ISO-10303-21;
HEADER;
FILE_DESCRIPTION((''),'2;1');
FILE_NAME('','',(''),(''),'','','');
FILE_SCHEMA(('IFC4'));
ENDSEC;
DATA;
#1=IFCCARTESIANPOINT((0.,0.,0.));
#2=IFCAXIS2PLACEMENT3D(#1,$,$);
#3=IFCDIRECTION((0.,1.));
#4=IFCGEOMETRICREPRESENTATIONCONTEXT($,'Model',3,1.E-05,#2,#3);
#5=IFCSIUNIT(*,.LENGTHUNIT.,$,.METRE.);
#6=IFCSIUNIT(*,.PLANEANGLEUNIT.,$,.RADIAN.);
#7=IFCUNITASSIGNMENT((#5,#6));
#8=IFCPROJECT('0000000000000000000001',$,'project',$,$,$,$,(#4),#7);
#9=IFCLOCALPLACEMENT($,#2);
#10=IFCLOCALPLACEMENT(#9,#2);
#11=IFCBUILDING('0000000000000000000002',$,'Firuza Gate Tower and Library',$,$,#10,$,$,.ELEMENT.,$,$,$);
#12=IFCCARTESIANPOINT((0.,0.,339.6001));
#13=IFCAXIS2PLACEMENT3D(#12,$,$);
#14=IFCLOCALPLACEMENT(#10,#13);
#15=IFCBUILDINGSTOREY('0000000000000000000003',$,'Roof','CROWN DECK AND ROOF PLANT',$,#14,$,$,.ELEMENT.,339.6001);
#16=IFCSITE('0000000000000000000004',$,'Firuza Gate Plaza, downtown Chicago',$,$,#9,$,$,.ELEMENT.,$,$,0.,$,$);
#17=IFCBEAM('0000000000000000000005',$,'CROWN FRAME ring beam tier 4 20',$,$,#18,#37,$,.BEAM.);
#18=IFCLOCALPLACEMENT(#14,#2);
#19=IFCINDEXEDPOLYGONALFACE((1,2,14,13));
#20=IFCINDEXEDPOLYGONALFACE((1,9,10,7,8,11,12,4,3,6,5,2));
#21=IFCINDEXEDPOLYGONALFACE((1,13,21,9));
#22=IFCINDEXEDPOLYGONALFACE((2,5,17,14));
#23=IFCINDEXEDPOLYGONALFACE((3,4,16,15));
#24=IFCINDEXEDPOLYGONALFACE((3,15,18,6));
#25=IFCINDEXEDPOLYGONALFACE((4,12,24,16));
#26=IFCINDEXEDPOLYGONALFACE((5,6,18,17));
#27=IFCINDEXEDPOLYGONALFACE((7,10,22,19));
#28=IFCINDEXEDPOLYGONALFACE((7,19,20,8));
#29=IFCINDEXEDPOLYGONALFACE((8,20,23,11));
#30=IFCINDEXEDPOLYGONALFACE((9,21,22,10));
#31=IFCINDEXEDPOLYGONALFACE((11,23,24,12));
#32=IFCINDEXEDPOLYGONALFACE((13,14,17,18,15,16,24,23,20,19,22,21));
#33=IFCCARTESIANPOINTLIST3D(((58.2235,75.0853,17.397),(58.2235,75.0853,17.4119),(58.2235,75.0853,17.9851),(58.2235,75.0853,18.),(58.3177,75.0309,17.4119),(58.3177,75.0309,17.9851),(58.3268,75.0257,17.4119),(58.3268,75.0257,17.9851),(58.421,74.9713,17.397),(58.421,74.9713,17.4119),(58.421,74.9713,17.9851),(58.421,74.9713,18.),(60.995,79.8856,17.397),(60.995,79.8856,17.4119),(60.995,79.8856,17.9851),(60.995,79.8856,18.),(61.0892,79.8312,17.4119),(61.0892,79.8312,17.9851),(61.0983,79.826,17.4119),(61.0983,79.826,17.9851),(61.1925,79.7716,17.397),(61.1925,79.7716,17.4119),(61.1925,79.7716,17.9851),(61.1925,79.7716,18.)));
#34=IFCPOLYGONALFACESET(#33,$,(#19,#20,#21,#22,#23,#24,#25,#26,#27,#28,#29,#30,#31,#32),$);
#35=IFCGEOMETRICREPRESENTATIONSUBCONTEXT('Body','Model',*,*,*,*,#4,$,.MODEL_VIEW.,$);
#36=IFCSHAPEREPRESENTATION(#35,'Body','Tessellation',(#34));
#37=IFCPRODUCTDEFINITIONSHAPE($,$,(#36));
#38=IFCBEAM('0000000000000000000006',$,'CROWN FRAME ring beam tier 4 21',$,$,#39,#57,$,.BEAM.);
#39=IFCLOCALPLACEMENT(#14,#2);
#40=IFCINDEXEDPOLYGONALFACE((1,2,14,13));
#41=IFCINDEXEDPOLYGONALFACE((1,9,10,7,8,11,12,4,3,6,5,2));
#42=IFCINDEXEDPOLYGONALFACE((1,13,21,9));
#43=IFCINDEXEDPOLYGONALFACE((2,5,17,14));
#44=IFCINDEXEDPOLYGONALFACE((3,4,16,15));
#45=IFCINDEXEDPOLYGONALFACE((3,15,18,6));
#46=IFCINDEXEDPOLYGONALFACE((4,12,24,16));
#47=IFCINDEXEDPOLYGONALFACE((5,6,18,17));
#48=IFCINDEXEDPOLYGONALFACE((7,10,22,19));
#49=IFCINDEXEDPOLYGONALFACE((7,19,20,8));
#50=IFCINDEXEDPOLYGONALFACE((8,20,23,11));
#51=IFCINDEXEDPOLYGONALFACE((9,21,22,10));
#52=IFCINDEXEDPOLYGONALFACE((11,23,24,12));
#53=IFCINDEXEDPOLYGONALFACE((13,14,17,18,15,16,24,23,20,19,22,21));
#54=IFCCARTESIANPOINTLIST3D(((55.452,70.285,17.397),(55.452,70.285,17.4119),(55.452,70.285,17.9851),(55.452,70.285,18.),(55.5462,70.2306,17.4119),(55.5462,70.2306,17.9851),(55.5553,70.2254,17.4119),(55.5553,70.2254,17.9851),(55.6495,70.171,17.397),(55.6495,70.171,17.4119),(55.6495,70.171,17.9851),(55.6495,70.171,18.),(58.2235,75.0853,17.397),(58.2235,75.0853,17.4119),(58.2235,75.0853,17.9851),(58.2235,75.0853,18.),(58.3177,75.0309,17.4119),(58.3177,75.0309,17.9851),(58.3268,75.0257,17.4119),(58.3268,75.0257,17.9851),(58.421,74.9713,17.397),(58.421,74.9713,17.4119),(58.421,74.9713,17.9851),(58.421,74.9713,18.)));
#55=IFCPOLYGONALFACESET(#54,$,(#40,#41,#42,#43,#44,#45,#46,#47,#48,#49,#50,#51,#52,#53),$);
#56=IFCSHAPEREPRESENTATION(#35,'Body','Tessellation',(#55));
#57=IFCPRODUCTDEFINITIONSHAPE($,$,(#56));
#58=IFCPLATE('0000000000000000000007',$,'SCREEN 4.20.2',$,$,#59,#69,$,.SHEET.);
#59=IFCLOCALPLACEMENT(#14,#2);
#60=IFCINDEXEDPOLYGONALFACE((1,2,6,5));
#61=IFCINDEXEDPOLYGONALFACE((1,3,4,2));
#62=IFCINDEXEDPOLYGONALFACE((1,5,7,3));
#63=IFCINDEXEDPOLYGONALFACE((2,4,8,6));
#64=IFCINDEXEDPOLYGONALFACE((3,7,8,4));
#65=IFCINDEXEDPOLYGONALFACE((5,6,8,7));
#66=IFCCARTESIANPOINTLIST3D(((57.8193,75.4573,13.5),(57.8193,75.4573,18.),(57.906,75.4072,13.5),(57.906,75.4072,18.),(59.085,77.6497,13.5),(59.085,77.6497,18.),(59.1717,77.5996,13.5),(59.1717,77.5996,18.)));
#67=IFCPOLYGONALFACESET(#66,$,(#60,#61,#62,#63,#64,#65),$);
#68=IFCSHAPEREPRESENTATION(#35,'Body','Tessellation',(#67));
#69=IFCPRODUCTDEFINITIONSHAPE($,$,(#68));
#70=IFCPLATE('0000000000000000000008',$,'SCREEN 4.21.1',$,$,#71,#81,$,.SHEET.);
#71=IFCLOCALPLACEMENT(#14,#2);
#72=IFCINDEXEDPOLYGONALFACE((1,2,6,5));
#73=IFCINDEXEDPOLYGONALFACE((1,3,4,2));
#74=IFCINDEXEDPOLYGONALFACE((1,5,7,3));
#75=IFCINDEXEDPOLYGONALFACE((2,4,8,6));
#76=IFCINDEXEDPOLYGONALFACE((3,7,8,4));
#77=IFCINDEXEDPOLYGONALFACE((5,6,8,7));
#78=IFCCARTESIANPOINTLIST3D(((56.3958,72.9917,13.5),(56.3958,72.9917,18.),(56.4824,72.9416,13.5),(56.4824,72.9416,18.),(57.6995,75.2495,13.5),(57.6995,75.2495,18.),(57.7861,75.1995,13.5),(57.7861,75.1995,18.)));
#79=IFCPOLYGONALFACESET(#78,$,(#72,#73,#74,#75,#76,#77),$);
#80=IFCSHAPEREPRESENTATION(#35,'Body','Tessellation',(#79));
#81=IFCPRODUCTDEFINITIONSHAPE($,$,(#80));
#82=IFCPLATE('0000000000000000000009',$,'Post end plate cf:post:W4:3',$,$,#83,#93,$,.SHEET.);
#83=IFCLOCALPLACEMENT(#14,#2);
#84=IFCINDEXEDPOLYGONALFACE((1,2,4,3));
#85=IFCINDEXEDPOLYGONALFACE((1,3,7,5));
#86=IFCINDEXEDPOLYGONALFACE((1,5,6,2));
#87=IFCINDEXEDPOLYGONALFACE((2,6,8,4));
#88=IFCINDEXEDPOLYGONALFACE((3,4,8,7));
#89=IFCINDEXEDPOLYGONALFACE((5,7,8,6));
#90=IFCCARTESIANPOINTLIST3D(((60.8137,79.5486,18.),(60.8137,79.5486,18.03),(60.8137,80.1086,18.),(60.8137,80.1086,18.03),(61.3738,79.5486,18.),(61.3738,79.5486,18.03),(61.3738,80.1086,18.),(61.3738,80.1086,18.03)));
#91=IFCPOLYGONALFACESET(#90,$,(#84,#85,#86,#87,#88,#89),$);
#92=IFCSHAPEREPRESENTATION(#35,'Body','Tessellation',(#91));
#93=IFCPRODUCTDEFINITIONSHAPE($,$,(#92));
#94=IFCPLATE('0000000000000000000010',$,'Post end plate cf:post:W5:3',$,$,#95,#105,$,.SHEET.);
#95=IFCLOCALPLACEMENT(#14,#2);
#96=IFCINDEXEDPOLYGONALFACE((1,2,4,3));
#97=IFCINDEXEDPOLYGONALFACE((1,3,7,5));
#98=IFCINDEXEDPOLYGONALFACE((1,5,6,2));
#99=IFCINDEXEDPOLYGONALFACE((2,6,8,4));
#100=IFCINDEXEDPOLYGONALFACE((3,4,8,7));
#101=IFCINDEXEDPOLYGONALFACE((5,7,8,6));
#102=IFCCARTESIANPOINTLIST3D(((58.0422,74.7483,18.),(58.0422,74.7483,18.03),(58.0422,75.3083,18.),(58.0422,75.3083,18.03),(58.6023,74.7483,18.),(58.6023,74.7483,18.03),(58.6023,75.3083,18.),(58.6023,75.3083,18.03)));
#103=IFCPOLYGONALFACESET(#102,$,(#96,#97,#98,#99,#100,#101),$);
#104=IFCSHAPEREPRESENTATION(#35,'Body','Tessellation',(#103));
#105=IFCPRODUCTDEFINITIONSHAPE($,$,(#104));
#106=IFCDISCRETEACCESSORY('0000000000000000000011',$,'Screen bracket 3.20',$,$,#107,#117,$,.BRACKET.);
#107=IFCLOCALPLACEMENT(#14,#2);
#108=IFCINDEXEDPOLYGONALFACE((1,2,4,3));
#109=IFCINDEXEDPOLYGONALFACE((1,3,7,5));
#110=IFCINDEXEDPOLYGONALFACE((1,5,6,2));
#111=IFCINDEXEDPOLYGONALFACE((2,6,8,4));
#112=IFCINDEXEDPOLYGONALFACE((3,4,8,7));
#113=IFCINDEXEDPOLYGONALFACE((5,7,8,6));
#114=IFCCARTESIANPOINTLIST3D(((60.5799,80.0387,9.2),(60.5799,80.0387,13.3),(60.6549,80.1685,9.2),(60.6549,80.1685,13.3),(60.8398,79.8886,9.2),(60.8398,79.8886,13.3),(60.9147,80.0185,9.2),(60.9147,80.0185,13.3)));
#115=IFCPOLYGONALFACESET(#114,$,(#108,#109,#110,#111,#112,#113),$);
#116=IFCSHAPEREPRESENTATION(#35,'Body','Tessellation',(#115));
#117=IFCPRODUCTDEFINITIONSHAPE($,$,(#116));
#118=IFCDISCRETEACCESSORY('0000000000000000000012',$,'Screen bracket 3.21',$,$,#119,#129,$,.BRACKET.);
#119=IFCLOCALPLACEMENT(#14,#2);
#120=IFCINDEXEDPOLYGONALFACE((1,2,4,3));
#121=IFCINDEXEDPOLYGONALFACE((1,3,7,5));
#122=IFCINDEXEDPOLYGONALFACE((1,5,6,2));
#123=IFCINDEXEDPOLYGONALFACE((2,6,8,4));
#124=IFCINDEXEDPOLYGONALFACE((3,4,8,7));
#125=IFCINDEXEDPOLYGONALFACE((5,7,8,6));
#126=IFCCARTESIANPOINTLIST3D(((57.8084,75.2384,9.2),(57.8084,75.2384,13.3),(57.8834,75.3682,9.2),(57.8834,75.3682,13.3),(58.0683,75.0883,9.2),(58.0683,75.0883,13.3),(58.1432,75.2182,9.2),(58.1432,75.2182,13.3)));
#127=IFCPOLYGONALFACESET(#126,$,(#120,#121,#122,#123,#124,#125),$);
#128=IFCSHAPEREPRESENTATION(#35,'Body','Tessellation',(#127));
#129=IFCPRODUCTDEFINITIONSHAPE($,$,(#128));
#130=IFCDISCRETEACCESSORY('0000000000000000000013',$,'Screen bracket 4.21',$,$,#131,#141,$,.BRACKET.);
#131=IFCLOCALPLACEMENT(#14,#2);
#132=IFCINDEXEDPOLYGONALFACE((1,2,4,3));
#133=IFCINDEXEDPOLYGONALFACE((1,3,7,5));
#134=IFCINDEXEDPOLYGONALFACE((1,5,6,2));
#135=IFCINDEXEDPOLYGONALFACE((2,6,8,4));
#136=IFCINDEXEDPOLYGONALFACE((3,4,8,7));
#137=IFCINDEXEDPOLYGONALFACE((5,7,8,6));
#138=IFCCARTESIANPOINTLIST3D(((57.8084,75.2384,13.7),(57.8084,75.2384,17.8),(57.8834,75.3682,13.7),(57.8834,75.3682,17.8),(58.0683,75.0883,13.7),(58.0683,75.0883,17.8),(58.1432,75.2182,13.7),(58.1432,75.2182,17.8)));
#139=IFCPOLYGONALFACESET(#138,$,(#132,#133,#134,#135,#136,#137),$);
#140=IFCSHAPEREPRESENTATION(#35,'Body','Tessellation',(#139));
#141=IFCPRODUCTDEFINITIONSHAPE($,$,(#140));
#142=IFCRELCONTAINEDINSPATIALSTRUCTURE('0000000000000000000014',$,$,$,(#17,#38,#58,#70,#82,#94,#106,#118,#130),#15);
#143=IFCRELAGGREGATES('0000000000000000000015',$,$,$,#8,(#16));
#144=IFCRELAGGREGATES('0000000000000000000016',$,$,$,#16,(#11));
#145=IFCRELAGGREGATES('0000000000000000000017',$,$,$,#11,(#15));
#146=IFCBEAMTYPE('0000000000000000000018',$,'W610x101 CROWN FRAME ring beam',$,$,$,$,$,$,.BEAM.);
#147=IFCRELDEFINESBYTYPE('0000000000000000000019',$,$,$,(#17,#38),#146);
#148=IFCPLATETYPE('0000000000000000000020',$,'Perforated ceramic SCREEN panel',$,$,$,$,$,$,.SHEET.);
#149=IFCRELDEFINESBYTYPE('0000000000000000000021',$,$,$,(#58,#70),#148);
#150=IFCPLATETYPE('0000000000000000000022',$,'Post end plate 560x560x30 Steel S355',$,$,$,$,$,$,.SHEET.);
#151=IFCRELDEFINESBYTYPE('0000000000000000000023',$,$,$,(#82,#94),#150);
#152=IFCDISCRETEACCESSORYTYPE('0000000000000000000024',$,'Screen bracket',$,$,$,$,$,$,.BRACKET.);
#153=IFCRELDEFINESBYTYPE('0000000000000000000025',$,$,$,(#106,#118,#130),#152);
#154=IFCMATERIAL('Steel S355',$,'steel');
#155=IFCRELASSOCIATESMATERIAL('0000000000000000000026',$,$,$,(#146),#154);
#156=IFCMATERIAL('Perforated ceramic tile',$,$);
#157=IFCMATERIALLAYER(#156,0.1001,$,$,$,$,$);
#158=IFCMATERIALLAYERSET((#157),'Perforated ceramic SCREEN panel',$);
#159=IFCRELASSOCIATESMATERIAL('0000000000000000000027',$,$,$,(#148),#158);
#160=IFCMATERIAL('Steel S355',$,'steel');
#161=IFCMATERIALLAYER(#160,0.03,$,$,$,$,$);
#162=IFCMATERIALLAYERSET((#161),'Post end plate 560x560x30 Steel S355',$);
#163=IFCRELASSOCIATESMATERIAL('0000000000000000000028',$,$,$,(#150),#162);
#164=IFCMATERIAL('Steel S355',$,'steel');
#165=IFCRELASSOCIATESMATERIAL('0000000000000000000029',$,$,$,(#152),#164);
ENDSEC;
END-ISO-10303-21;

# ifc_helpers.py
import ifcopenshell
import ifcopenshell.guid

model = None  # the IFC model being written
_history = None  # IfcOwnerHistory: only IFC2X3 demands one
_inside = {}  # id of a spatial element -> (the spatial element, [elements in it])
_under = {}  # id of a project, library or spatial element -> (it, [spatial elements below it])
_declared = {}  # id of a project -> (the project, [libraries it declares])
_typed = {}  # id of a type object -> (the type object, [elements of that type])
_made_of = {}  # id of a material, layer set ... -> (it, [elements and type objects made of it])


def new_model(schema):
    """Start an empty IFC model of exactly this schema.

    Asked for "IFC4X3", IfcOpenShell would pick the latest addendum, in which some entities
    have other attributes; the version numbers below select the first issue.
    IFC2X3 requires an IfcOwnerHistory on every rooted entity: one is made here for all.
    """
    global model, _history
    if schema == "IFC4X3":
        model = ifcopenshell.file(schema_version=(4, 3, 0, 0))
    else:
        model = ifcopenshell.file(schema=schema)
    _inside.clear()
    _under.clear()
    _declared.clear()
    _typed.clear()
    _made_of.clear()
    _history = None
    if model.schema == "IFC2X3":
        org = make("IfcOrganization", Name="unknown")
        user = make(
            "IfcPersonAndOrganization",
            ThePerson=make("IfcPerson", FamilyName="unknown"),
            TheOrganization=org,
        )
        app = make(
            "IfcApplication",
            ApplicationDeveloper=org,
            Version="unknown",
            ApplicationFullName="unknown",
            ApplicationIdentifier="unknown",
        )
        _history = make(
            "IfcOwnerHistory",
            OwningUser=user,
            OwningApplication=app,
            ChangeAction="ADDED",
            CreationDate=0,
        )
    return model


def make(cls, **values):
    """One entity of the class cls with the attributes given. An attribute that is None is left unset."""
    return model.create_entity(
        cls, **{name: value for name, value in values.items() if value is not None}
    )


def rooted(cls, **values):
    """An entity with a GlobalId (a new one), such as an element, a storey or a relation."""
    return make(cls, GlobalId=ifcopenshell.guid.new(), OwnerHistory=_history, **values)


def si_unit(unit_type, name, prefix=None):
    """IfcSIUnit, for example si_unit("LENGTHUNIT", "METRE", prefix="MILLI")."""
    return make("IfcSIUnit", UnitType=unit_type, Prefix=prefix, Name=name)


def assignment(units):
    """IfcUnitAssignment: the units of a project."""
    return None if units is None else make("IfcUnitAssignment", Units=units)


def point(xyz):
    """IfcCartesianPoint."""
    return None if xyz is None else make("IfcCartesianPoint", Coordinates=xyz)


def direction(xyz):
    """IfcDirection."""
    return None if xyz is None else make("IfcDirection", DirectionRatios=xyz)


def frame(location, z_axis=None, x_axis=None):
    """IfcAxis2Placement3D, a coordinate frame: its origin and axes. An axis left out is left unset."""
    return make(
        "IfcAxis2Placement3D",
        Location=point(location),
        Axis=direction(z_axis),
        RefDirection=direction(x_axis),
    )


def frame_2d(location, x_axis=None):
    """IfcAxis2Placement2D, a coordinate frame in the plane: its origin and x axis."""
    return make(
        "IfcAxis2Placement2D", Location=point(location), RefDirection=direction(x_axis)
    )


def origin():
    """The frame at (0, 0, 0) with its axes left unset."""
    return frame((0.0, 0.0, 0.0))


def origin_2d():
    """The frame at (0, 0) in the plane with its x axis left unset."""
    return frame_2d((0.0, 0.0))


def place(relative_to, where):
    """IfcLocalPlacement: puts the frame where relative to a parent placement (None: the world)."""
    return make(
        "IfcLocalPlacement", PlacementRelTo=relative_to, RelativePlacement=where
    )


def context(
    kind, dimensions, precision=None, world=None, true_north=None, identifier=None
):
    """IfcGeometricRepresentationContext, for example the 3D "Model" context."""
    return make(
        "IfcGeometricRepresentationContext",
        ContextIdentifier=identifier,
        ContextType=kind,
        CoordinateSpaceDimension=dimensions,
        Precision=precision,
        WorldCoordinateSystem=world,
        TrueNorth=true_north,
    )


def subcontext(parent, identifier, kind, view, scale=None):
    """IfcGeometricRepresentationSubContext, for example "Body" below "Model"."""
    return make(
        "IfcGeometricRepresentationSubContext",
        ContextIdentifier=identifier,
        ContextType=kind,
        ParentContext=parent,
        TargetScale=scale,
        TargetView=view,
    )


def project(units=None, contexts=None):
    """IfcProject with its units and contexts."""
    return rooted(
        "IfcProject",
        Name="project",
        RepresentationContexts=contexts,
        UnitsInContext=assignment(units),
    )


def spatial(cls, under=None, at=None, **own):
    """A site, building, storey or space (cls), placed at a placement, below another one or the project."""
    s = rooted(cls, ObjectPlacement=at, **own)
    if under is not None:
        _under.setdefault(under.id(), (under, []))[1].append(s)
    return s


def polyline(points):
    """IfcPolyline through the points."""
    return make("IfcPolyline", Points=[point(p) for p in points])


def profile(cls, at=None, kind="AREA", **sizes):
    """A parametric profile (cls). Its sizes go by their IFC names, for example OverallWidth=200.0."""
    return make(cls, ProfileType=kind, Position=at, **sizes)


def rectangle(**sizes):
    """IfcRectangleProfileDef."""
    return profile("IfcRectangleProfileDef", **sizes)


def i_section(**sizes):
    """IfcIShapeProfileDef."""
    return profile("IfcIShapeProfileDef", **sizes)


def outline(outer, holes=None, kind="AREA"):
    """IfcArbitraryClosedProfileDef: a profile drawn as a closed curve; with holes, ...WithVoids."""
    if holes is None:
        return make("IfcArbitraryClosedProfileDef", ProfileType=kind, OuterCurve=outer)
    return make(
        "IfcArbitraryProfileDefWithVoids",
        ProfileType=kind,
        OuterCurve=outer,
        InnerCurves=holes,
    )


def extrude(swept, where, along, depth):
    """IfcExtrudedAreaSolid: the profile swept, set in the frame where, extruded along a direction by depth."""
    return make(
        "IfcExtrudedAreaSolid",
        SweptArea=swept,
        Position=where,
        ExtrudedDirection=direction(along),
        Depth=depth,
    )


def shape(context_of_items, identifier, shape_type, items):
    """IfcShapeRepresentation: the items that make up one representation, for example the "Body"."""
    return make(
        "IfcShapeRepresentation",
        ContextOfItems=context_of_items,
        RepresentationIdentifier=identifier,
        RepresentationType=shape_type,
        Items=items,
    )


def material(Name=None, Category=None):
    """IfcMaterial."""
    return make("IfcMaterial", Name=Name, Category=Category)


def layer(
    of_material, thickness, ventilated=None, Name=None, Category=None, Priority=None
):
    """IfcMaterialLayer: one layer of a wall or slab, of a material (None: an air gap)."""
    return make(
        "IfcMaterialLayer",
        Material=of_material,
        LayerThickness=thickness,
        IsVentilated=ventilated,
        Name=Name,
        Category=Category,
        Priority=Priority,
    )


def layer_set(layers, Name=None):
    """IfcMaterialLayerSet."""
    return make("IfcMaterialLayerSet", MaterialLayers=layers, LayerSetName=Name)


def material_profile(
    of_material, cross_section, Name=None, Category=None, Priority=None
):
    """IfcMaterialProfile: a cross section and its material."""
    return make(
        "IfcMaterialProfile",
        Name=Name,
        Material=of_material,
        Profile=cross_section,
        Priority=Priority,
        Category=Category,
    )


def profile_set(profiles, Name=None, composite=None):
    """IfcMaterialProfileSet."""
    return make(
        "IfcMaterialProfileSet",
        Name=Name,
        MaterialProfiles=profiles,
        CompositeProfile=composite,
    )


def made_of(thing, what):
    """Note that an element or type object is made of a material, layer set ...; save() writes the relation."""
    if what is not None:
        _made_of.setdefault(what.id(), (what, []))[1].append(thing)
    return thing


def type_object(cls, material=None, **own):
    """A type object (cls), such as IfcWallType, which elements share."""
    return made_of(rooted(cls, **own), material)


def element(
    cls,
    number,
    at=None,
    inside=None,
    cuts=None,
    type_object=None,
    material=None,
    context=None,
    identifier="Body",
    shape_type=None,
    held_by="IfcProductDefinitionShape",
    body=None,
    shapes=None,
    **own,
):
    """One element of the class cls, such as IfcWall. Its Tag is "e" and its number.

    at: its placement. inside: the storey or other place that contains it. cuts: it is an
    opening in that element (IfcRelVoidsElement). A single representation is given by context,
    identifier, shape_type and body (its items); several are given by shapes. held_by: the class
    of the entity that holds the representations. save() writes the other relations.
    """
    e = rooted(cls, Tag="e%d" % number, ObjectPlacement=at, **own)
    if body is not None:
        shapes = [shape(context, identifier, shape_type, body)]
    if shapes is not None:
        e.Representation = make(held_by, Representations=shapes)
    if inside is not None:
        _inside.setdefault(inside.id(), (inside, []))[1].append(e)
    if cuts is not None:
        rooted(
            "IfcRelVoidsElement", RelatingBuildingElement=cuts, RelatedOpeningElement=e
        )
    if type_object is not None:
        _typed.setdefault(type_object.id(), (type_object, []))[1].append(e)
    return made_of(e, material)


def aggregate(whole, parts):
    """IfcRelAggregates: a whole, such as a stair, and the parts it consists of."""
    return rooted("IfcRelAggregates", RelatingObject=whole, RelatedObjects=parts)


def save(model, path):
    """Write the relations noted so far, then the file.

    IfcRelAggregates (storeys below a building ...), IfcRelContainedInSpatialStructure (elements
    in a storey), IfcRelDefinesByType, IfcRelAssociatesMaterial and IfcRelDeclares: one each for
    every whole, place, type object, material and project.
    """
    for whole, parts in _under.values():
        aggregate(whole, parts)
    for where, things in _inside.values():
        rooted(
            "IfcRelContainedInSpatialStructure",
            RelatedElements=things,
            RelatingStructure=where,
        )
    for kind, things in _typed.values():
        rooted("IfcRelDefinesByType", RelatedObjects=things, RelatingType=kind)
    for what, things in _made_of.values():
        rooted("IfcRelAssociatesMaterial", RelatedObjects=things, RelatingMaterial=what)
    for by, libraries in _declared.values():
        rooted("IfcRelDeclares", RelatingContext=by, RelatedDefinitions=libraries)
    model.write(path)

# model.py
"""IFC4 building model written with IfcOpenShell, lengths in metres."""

from ifc_helpers import new_model, si_unit, direction, frame, origin, origin_2d, place, context, subcontext, project, spatial, polyline, rectangle, i_section, outline, extrude, material, layer, layer_set, material_profile, profile_set, type_object, element, save


model = new_model("IFC4")

# Units and contexts
model_context = context("Model", 3, precision=1e-05, world=origin(), true_north=direction((0.0, 1.0)))
body_context = subcontext(model_context, "Body", "Model", "MODEL_VIEW")
ifc_project = project(units=[si_unit("LENGTHUNIT", "METRE"), si_unit("PLANEANGLEUNIT", "RADIAN")], contexts=[model_context])

# Site, building, storey
site_placement = place(None, origin())
site = spatial("IfcSite", under=ifc_project, at=site_placement, Name="Firuza Gate Plaza, downtown Chicago", CompositionType="ELEMENT", RefElevation=0.0)
building_placement = place(site_placement, origin())
building = spatial("IfcBuilding", under=site, at=building_placement, Name="Firuza Gate Tower and Library", CompositionType="ELEMENT")
storey_placement = place(building_placement, frame((0.0, 0.0, 339.6001)))
storey = spatial("IfcBuildingStorey", under=building, at=storey_placement, Name="Roof", Description="CROWN DECK AND ROOF PLANT", CompositionType="ELEMENT", Elevation=339.6001)

# Beams
ifc_material_1 = material(Name="Steel S355", Category="steel")
ifc_material_profile_1 = material_profile(ifc_material_1, i_section(OverallWidth=0.228, OverallDepth=0.603, WebThickness=0.0105, FlangeThickness=0.0149, at=origin_2d()))
ifc_profile_set_1 = profile_set([ifc_material_profile_1], Name="Steel S355")
beam_type = type_object("IfcBeamType", Name="W610x101 CROWN FRAME ring beam", PredefinedType="BEAM", material=ifc_profile_set_1)
for number, where, z_axis, x_axis, name in (
    (1, (61.0938, 79.8286, 17.6985), (-0.500005, -0.866023, 0.0), (0.866023, -0.500005, 0.0), "CROWN FRAME ring beam tier 4 20"),
    (2, (58.3223, 75.0283, 17.6985), (-0.500005, -0.866023, 0.0), (0.866023, -0.500005, 0.0), "CROWN FRAME ring beam tier 4 21"),
):
    element("IfcBeam", number, at=place(storey_placement, frame(where, z_axis=z_axis, x_axis=x_axis)), inside=storey, type_object=beam_type, Name=name, PredefinedType="BEAM", context=body_context, shape_type="SweptSolid", body=[
        extrude(i_section(OverallWidth=0.228, OverallDepth=0.603, WebThickness=0.0105, FlangeThickness=0.0149, at=origin_2d()), origin(), (0.0, 0.0, 1.0), 5.543),
    ])

# Plates
ifc_material_2 = material(Name="Perforated ceramic tile")
ifc_layer_1 = layer(ifc_material_2, 0.1001)
ifc_layer_set_1 = layer_set([ifc_layer_1], Name="Perforated ceramic SCREEN panel")
plate_type_1 = type_object("IfcPlateType", Name="Perforated ceramic SCREEN panel", PredefinedType="SHEET", material=ifc_layer_set_1)
plate_1_placement = place(storey_placement, frame((59.085, 77.6497, 13.5), z_axis=(-0.866051, 0.499956, 0.0), x_axis=(-0.499956, -0.866051, 0.0)))
element("IfcPlate", 3, at=plate_1_placement, inside=storey, type_object=plate_type_1, Name="SCREEN 4.20.2", PredefinedType="SHEET", context=body_context, shape_type="SweptSolid", body=[
    extrude(outline(polyline([(0.0, 0.0), (2.5315, 0.0), (2.5315, 4.5), (0.0, 4.5), (0.0, 0.0)])), origin(), (0.0, 0.0, -1.0), 0.1001),
])
plate_2_placement = place(storey_placement, frame((57.6995, 75.2495, 13.5), z_axis=(-0.865998, 0.500047, 0.0), x_axis=(-0.500047, -0.865998, 0.0)))
element("IfcPlate", 4, at=plate_2_placement, inside=storey, type_object=plate_type_1, Name="SCREEN 4.21.1", PredefinedType="SHEET", context=body_context, shape_type="SweptSolid", body=[
    extrude(outline(polyline([(0.0, 0.0), (2.6072, 0.0), (2.6072, 4.5), (0.0, 4.5), (0.0, 0.0)])), origin(), (0.0, 0.0, -1.0), 0.1001),
])
ifc_material_3 = material(Name="Steel S355", Category="steel")
ifc_layer_2 = layer(ifc_material_3, 0.03)
ifc_layer_set_2 = layer_set([ifc_layer_2], Name="Post end plate 560x560x30 Steel S355")
plate_type_2 = type_object("IfcPlateType", Name="Post end plate 560x560x30 Steel S355", PredefinedType="SHEET", material=ifc_layer_set_2)
for number, where, z_axis, x_axis, name in (
    (5, (61.0938, 79.8286, 18.0), (0.0, 0.0, 1.0), (1.0, 0.0, 0.0), "Post end plate cf:post:W4:3"),
    (6, (58.3223, 75.0283, 18.0), (0.0, 0.0, 1.0), (1.0, 0.0, 0.0), "Post end plate cf:post:W5:3"),
):
    element("IfcPlate", number, at=place(storey_placement, frame(where, z_axis=z_axis, x_axis=x_axis)), inside=storey, type_object=plate_type_2, Name=name, PredefinedType="SHEET", context=body_context, shape_type="SweptSolid", body=[
        extrude(rectangle(XDim=0.5601, YDim=0.5601, at=origin_2d()), origin(), (0.0, 0.0, 1.0), 0.03),
    ])

# Discrete accessories
ifc_material_4 = material(Name="Steel S355", Category="steel")
discrete_accessory_type = type_object("IfcDiscreteAccessoryType", Name="Screen bracket", PredefinedType="BRACKET", material=ifc_material_4)
for number, where, z_axis, x_axis, name in (
    (7, (60.7473, 80.0286, 9.2), (0.0, 0.0, 1.0), (-0.866025, 0.5, 0.0), "Screen bracket 3.20"),
    (8, (57.9758, 75.2283, 9.2), (0.0, 0.0, 1.0), (-0.866025, 0.5, 0.0), "Screen bracket 3.21"),
    (9, (57.9758, 75.2283, 13.7), (0.0, 0.0, 1.0), (-0.866025, 0.5, 0.0), "Screen bracket 4.21"),
):
    element("IfcDiscreteAccessory", number, at=place(storey_placement, frame(where, z_axis=z_axis, x_axis=x_axis)), inside=storey, type_object=discrete_accessory_type, Name=name, PredefinedType="BRACKET", context=body_context, shape_type="SweptSolid", body=[
        extrude(rectangle(XDim=0.3, YDim=0.1499, at=origin_2d()), origin(), (0.0, 0.0, 1.0), 4.1001),
    ])

save(model, "model.ifc")
